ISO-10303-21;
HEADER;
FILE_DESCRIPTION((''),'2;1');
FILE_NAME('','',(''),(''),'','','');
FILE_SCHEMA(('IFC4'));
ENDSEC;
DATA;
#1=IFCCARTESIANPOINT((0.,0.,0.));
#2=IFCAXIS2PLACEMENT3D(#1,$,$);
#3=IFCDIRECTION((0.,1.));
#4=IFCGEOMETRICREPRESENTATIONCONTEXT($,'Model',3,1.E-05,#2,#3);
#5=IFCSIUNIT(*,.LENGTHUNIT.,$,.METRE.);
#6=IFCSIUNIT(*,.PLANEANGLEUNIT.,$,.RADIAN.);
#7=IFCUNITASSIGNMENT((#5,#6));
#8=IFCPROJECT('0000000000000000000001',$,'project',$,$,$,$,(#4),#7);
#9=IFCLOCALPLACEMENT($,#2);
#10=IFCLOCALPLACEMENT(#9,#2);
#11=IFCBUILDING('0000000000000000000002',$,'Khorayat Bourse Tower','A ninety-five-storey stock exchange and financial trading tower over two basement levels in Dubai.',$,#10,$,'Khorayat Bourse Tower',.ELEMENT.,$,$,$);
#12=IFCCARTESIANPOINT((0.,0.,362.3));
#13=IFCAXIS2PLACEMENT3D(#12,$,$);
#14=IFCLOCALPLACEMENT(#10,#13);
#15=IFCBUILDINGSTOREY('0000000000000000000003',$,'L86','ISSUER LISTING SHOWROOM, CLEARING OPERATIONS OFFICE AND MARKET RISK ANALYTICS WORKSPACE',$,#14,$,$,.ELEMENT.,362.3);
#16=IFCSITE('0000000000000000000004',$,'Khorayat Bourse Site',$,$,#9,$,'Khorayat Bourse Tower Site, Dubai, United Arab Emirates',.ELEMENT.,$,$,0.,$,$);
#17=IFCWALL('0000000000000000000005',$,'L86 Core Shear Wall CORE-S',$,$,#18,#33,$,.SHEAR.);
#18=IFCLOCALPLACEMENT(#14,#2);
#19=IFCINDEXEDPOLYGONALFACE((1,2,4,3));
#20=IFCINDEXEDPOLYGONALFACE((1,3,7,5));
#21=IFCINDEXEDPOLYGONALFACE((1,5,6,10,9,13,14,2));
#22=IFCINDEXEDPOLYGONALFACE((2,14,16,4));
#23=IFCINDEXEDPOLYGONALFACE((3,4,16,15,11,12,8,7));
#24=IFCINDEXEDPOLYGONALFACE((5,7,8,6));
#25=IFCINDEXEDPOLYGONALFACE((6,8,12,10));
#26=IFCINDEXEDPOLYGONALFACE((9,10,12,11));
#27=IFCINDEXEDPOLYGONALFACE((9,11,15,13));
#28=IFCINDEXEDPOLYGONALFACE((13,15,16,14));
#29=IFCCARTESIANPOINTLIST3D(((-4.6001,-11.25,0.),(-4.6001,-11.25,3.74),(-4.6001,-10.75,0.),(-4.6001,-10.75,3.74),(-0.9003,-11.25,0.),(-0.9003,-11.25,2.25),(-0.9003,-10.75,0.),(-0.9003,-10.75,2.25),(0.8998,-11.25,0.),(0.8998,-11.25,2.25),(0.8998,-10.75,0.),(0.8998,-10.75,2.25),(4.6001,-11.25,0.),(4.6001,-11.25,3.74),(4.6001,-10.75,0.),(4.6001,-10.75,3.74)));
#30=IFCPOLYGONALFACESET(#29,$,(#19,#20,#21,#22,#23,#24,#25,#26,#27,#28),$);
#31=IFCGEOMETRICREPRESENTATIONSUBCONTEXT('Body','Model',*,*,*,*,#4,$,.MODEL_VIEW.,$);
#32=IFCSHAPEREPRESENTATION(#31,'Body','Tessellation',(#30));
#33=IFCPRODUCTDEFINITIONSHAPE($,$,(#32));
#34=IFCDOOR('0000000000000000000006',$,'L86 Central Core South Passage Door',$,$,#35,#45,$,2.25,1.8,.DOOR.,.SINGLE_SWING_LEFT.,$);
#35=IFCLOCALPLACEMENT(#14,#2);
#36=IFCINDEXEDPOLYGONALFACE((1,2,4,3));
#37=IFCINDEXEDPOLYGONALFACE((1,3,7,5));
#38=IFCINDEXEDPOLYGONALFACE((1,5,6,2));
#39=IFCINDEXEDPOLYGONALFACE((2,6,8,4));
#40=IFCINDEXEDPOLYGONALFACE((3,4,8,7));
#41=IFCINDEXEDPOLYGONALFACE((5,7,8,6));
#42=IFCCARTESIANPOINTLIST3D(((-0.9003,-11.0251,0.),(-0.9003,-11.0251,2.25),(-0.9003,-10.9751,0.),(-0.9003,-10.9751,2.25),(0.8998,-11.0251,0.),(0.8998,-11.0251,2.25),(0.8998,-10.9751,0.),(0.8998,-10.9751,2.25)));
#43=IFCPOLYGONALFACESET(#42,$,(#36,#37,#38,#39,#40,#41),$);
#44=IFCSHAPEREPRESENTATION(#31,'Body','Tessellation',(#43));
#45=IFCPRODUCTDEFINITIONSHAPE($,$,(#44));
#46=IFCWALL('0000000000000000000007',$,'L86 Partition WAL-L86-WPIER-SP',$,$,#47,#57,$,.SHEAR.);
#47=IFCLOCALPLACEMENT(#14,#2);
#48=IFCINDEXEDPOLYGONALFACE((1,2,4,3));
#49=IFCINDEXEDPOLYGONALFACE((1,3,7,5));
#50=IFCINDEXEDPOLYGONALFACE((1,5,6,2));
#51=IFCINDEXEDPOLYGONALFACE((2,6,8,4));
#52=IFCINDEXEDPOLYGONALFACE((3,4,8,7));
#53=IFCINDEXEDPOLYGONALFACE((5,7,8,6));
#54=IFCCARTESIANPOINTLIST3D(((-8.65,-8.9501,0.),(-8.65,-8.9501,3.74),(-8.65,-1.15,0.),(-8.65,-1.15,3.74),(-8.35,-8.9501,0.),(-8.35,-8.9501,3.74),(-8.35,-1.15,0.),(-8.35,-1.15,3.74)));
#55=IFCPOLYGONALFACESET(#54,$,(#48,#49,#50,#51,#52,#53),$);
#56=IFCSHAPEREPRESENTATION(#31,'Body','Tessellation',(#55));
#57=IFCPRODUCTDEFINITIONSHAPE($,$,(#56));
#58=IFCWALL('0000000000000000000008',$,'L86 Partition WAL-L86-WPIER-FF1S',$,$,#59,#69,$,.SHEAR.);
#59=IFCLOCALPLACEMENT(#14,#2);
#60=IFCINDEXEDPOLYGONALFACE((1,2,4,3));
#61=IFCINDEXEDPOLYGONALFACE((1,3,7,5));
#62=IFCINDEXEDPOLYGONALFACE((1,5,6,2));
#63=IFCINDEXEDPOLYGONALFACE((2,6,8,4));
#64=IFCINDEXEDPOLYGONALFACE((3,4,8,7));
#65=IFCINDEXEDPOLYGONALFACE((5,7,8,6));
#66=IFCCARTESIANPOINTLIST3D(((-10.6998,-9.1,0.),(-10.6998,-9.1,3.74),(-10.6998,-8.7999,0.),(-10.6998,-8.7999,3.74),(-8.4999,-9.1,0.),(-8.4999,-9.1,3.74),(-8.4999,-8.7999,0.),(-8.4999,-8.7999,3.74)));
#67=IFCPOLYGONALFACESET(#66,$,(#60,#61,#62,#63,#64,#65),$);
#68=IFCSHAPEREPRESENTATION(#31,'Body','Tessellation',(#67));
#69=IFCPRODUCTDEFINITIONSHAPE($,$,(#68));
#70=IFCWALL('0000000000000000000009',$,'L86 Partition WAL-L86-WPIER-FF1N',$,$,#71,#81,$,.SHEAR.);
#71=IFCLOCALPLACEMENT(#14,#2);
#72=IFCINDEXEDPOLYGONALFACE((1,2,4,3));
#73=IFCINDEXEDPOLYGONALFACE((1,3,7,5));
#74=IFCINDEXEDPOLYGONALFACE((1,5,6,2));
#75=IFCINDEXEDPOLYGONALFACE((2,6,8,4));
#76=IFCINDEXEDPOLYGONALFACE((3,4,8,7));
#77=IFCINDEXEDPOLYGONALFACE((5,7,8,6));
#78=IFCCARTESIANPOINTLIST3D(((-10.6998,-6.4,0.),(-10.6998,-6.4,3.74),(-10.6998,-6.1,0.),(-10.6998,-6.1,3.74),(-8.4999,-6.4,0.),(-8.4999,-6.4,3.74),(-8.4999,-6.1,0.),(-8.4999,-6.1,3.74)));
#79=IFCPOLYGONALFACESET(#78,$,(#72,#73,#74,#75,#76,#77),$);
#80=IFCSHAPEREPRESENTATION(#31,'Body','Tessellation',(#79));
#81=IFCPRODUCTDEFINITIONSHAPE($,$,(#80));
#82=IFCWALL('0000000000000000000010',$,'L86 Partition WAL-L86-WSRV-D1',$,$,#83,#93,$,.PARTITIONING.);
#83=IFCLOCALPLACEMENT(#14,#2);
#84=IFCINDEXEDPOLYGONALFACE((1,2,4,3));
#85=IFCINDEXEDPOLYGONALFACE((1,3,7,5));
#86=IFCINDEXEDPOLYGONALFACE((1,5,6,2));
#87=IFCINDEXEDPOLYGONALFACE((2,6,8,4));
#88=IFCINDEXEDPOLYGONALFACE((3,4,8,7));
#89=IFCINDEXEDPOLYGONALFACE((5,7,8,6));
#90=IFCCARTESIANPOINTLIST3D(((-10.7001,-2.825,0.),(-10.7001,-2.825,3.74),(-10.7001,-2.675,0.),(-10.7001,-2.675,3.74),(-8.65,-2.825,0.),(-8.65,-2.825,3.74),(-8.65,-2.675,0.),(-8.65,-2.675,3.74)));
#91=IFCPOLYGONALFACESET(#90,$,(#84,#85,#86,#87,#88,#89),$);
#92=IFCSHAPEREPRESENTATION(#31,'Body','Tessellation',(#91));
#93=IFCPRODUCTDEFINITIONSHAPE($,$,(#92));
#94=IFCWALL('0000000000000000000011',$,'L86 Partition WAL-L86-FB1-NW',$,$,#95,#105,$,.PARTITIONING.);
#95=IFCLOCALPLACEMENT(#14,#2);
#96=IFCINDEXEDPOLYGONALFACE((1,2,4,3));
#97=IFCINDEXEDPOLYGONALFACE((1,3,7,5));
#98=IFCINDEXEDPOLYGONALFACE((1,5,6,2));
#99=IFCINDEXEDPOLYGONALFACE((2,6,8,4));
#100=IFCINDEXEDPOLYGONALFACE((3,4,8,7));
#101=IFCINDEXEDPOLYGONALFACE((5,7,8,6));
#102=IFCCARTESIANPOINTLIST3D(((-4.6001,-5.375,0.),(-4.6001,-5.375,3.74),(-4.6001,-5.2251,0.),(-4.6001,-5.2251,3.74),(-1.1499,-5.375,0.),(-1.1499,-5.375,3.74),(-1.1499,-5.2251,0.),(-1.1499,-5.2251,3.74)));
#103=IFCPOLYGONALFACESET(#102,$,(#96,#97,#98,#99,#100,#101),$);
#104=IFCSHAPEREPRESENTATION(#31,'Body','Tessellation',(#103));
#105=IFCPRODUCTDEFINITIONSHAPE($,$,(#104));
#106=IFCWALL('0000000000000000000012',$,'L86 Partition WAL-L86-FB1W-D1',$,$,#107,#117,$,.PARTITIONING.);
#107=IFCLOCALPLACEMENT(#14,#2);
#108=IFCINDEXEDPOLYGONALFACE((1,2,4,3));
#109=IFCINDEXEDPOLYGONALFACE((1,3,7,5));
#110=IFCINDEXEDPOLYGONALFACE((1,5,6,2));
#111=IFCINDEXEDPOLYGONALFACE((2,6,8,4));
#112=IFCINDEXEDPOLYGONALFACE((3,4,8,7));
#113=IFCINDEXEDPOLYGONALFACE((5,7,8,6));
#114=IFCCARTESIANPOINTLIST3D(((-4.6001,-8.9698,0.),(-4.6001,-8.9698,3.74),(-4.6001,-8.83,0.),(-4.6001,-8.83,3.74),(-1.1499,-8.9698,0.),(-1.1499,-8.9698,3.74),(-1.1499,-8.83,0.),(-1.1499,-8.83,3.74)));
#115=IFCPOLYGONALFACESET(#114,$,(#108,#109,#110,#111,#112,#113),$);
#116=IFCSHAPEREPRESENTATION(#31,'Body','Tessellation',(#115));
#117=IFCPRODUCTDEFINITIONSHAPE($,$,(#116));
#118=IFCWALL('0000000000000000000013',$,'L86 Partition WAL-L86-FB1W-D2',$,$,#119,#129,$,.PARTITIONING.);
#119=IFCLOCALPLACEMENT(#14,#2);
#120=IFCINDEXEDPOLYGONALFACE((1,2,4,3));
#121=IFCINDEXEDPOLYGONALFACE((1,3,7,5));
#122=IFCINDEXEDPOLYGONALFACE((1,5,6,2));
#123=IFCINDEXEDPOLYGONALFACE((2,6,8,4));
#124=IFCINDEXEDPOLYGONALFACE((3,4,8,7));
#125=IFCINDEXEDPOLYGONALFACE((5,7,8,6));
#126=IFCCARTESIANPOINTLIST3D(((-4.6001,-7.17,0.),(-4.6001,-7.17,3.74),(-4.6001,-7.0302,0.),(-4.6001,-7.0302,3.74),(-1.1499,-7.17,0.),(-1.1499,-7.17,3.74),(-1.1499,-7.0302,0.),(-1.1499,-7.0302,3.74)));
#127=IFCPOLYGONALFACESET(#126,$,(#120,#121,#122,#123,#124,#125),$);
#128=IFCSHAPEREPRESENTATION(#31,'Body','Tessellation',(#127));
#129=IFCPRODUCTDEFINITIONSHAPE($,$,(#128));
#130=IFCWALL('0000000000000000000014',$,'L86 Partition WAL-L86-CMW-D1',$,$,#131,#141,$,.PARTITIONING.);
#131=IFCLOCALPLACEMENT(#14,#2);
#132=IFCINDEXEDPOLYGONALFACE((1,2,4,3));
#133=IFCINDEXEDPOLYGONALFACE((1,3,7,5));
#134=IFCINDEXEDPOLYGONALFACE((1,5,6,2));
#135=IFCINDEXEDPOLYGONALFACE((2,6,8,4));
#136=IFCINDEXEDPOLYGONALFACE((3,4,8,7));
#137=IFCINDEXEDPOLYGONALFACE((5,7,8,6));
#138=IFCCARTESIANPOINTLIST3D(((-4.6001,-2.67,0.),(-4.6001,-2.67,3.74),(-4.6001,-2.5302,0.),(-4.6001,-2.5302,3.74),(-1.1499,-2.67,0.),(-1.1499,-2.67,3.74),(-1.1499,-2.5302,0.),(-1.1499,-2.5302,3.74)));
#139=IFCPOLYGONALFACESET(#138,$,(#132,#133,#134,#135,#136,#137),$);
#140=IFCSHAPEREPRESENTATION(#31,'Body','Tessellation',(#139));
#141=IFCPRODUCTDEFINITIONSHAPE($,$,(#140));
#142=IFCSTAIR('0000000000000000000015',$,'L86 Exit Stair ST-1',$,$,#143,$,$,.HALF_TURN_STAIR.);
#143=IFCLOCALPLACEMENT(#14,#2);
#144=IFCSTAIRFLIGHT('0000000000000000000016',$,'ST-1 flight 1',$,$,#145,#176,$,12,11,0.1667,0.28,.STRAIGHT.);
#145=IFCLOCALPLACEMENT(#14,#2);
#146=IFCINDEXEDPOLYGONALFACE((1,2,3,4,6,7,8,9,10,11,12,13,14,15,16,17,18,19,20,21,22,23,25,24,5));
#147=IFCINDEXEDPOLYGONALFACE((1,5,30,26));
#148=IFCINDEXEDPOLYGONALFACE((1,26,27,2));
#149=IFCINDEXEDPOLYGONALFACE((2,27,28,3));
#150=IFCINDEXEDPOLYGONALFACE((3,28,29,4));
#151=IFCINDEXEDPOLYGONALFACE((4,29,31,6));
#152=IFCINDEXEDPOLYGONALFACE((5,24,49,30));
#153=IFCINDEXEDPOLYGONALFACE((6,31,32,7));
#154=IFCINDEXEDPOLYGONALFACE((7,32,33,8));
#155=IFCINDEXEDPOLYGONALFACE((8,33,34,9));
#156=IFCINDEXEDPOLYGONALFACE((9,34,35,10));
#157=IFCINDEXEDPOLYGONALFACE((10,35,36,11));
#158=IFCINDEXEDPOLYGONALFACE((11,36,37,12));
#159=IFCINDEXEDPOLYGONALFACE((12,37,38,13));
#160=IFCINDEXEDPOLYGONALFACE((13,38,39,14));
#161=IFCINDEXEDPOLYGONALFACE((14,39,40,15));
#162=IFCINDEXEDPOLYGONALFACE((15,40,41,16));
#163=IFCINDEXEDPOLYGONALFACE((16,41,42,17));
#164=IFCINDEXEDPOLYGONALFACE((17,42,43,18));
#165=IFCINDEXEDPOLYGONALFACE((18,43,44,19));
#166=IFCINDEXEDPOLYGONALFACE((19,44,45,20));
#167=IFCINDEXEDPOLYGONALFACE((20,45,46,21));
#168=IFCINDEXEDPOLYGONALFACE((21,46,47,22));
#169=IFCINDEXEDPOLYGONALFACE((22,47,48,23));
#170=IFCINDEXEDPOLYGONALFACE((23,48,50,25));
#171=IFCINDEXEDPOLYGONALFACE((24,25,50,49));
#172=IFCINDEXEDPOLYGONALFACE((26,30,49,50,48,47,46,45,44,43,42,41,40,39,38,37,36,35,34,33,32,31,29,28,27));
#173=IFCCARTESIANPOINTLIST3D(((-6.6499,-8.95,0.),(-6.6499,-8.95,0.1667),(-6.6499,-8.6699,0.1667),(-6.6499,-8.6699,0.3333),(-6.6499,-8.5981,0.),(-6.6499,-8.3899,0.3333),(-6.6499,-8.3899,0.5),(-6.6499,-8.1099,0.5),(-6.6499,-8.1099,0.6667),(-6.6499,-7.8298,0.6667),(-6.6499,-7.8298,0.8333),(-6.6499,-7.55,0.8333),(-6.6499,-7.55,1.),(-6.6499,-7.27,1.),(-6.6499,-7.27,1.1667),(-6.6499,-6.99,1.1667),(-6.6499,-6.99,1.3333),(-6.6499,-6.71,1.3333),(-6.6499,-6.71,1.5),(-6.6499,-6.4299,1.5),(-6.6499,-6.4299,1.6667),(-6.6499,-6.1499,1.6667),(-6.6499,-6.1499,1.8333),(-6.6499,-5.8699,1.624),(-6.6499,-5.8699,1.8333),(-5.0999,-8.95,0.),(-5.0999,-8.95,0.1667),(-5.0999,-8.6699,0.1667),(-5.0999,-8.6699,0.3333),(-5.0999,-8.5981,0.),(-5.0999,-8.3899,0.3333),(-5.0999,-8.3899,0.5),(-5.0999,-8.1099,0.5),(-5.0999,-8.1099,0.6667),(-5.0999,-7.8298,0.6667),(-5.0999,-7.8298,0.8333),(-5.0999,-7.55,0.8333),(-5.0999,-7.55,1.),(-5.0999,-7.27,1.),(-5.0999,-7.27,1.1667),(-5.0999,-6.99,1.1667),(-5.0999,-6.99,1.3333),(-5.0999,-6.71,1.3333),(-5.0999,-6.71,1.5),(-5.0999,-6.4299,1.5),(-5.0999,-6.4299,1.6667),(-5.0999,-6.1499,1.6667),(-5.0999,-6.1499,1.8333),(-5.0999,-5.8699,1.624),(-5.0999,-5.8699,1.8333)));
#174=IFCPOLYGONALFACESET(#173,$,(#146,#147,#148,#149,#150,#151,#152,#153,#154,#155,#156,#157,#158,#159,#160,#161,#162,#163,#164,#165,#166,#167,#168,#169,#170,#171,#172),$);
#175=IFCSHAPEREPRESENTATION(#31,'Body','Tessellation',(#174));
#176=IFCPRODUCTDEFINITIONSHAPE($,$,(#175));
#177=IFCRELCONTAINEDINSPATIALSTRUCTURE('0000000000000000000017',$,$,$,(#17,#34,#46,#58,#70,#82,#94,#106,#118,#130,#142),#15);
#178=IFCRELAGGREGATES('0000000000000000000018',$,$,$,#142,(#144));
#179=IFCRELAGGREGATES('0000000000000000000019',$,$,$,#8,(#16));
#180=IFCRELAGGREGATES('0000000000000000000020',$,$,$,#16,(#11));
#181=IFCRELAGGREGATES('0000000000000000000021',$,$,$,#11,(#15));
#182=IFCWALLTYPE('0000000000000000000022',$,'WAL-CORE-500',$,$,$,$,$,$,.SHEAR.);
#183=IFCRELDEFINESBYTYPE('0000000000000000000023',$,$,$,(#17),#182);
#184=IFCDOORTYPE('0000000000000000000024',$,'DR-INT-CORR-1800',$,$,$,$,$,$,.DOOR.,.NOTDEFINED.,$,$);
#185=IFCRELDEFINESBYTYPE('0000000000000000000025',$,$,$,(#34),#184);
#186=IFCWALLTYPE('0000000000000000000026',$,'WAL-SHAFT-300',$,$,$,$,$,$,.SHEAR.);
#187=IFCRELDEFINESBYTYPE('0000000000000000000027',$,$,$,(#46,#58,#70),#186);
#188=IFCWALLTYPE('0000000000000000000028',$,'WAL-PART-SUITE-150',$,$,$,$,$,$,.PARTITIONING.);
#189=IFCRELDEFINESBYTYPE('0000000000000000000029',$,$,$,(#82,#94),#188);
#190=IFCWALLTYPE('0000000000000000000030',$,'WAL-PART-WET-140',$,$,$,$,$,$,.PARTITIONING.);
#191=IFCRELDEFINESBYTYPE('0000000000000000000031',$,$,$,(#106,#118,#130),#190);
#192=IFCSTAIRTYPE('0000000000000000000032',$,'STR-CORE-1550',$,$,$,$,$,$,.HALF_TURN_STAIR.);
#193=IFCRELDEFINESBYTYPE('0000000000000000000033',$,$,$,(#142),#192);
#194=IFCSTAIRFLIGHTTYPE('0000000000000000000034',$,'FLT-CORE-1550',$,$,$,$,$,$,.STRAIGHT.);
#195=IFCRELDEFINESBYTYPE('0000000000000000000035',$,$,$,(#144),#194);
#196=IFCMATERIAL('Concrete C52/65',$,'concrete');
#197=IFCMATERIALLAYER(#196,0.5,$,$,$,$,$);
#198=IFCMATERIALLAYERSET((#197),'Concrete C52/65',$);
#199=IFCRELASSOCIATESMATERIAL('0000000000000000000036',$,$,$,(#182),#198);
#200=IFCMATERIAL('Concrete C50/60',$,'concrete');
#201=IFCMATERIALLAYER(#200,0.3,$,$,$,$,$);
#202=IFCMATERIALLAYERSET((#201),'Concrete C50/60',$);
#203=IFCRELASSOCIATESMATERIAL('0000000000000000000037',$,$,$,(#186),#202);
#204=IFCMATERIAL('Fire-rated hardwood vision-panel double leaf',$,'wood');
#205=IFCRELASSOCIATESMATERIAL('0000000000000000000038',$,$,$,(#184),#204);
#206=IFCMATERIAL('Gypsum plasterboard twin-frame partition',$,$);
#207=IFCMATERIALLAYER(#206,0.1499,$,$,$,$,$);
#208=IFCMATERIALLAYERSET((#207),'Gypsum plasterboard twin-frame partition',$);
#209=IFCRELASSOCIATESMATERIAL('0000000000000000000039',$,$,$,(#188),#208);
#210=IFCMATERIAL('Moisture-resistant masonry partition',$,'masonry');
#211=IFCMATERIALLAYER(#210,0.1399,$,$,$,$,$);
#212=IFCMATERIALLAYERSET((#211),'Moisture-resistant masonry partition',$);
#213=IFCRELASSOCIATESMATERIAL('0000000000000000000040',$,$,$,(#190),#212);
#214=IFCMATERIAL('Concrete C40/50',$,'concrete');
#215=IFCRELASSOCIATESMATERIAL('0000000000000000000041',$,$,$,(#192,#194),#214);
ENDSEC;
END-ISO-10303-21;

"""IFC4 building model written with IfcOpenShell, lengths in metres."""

from ifc_helpers import new_model, si_unit, direction, frame, frame_2d, origin, place, context, subcontext, project, spatial, polyline, rectangle, outline, extrude, source, transform, mapped, material, layer, layer_set, type_object, element, fill, aggregate, save


model = new_model("IFC4")

# Units and contexts
model_context = context("Model", 3, precision=1e-05, world=origin(), true_north=direction((0.0, 1.0)))
body_context = subcontext(model_context, "Body", "Model", "MODEL_VIEW")
ifc_project = project(units=[si_unit("LENGTHUNIT", "METRE"), si_unit("PLANEANGLEUNIT", "RADIAN")], contexts=[model_context])

# Site, building, storey
site_placement = place(None, origin())
site = spatial("IfcSite", under=ifc_project, at=site_placement, Name="Khorayat Bourse Site", LongName="Khorayat Bourse Tower Site, Dubai, United Arab Emirates", CompositionType="ELEMENT", RefElevation=0.0)
building_placement = place(site_placement, origin())
building = spatial("IfcBuilding", under=site, at=building_placement, Name="Khorayat Bourse Tower", Description="A ninety-five-storey stock exchange and financial trading tower over two basement levels in Dubai.", LongName="Khorayat Bourse Tower", CompositionType="ELEMENT")
storey_placement = place(building_placement, frame((0.0, 0.0, 362.3)))
storey = spatial("IfcBuildingStorey", under=building, at=storey_placement, Name="L86", Description="ISSUER LISTING SHOWROOM, CLEARING OPERATIONS OFFICE AND MARKET RISK ANALYTICS WORKSPACE", CompositionType="ELEMENT", Elevation=362.3)

# Shared definitions
ifc_material_1 = material(Name="Concrete C52/65", Category="concrete")

# Shared definitions
ifc_layer_1 = layer(ifc_material_1, 0.5)
ifc_layer_set_1 = layer_set([ifc_layer_1], Name="Concrete C52/65")
wall_type_1 = type_object("IfcWallType", Name="WAL-CORE-500", PredefinedType="SHEAR", material=ifc_layer_set_1)
ifc_material_2 = material(Name="Concrete C50/60", Category="concrete")
ifc_layer_2 = layer(ifc_material_2, 0.3)
ifc_layer_set_2 = layer_set([ifc_layer_2], Name="Concrete C50/60")
wall_type_2 = type_object("IfcWallType", Name="WAL-SHAFT-300", PredefinedType="SHEAR", material=ifc_layer_set_2)

# Wall, opening, door
shared_shape_1 = source(origin(), body_context, "Body", "SweptSolid", [
    extrude(rectangle(XDim=9.2002, YDim=0.5, at=frame_2d((4.6001, 0.0))), origin(), (0.0, 0.0, 1.0), 3.74),
])
wall_1_placement = place(storey_placement, frame((-4.6001, -11.0, 0.0), z_axis=(0.0, 0.0, 1.0), x_axis=(1.0, 0.0, 0.0)))
wall_1 = element("IfcWall", 1, at=wall_1_placement, inside=storey, type_object=wall_type_1, Name="L86 Core Shear Wall CORE-S", PredefinedType="SHEAR", context=body_context, shape_type="MappedRepresentation", body=[
    mapped(shared_shape_1, transform((0.0, 0.0, 0.0), scale=1.0)),
])
shared_shape_2 = source(origin(), body_context, "Body", "SweptSolid", [
    extrude(rectangle(XDim=1.8, YDim=2.25, at=frame_2d((0.8999, 1.125))), frame((0.0, 0.26, 0.0), z_axis=(0.0, -1.0, 0.0), x_axis=(1.0, 0.0, 0.0)), (0.0, 0.0, 1.0), 0.52),
])
opening_placement = place(wall_1_placement, frame((3.7, 0.0, 0.0)))
opening = element("IfcOpeningElement", 2, at=opening_placement, cuts=wall_1, PredefinedType="OPENING", context=body_context, shape_type="MappedRepresentation", body=[
    mapped(shared_shape_2, transform((0.0, 0.0, 0.0), scale=1.0)),
])
ifc_material_3 = material(Name="Fire-rated hardwood vision-panel double leaf", Category="wood")
door_type = type_object("IfcDoorType", Name="DR-INT-CORR-1800", OperationType="NOTDEFINED", PredefinedType="DOOR", material=ifc_material_3)
shared_shape_3 = source(origin(), body_context, "Body", "SweptSolid", [
    extrude(rectangle(XDim=1.8, YDim=2.25, at=frame_2d((0.8999, 1.125))), frame((0.0, 0.0249, 0.0), z_axis=(0.0, -1.0, 0.0), x_axis=(1.0, 0.0, 0.0)), (0.0, 0.0, 1.0), 0.05),
])
door_placement = place(opening_placement, origin())
door = element("IfcDoor", 3, at=door_placement, inside=storey, type_object=door_type, Name="L86 Central Core South Passage Door", OperationType="SINGLE_SWING_LEFT", OverallHeight=2.25, OverallWidth=1.8, PredefinedType="DOOR", context=body_context, shape_type="MappedRepresentation", body=[
    mapped(shared_shape_3, transform((0.0, 0.0, 0.0), scale=1.0)),
])
fill(opening, door)

# Walls
shared_shape_4 = source(origin(), body_context, "Body", "SweptSolid", [
    extrude(rectangle(XDim=7.8, YDim=0.3, at=frame_2d((3.8999, 0.0))), origin(), (0.0, 0.0, 1.0), 3.74),
])
wall_2_placement = place(storey_placement, frame((-8.5, -8.95, 0.0), z_axis=(0.0, 0.0, 1.0), x_axis=(0.0, 1.0, 0.0)))
element("IfcWall", 4, at=wall_2_placement, inside=storey, type_object=wall_type_2, Name="L86 Partition WAL-L86-WPIER-SP", PredefinedType="SHEAR", context=body_context, shape_type="MappedRepresentation", body=[
    mapped(shared_shape_4, transform((0.0, 0.0, 0.0), scale=1.0)),
])
shared_shape_5 = source(origin(), body_context, "Body", "SweptSolid", [
    extrude(rectangle(XDim=2.2, YDim=0.3, at=frame_2d((1.1001, 0.0))), origin(), (0.0, 0.0, 1.0), 3.74),
])
for number, where, z_axis, x_axis, name in (
    (5, (-10.7, -8.95, 0.0), (0.0, 0.0, 1.0), (1.0, 0.0, 0.0), "L86 Partition WAL-L86-WPIER-FF1S"),
    (6, (-10.7, -6.25, 0.0), (0.0, 0.0, 1.0), (1.0, 0.0, 0.0), "L86 Partition WAL-L86-WPIER-FF1N"),
):
    element("IfcWall", number, at=place(storey_placement, frame(where, z_axis=z_axis, x_axis=x_axis)), inside=storey, type_object=wall_type_2, Name=name, PredefinedType="SHEAR", context=body_context, shape_type="MappedRepresentation", body=[
        mapped(shared_shape_5, transform((0.0, 0.0, 0.0), scale=1.0)),
    ])
ifc_material_4 = material(Name="Gypsum plasterboard twin-frame partition")
ifc_layer_3 = layer(ifc_material_4, 0.1499)
ifc_layer_set_3 = layer_set([ifc_layer_3], Name="Gypsum plasterboard twin-frame partition")
wall_type_3 = type_object("IfcWallType", Name="WAL-PART-SUITE-150", PredefinedType="PARTITIONING", material=ifc_layer_set_3)
shared_shape_6 = source(origin(), body_context, "Body", "SweptSolid", [
    extrude(rectangle(XDim=2.05, YDim=0.1499, at=frame_2d((1.0249, 0.0))), origin(), (0.0, 0.0, 1.0), 3.74),
])
wall_3_placement = place(storey_placement, frame((-10.7, -2.75, 0.0), z_axis=(0.0, 0.0, 1.0), x_axis=(1.0, 0.0, 0.0)))
element("IfcWall", 7, at=wall_3_placement, inside=storey, type_object=wall_type_3, Name="L86 Partition WAL-L86-WSRV-D1", PredefinedType="PARTITIONING", context=body_context, shape_type="MappedRepresentation", body=[
    mapped(shared_shape_6, transform((0.0, 0.0, 0.0), scale=1.0)),
])
shared_shape_7 = source(origin(), body_context, "Body", "SweptSolid", [
    extrude(rectangle(XDim=3.4502, YDim=0.1499, at=frame_2d((1.7251, 0.0))), origin(), (0.0, 0.0, 1.0), 3.74),
])
wall_4_placement = place(storey_placement, frame((-4.6001, -5.3, 0.0), z_axis=(0.0, 0.0, 1.0), x_axis=(1.0, 0.0, 0.0)))
element("IfcWall", 8, at=wall_4_placement, inside=storey, type_object=wall_type_3, Name="L86 Partition WAL-L86-FB1-NW", PredefinedType="PARTITIONING", context=body_context, shape_type="MappedRepresentation", body=[
    mapped(shared_shape_7, transform((0.0, 0.0, 0.0), scale=1.0)),
])
ifc_material_5 = material(Name="Moisture-resistant masonry partition", Category="masonry")
ifc_layer_4 = layer(ifc_material_5, 0.1399)
ifc_layer_set_4 = layer_set([ifc_layer_4], Name="Moisture-resistant masonry partition")
wall_type_4 = type_object("IfcWallType", Name="WAL-PART-WET-140", PredefinedType="PARTITIONING", material=ifc_layer_set_4)
shared_shape_8 = source(origin(), body_context, "Body", "SweptSolid", [
    extrude(rectangle(XDim=3.4502, YDim=0.1399, at=frame_2d((1.7251, 0.0))), origin(), (0.0, 0.0, 1.0), 3.74),
])
for number, where, z_axis, x_axis, name in (
    (9, (-4.6001, -8.8999, 0.0), (0.0, 0.0, 1.0), (1.0, 0.0, 0.0), "L86 Partition WAL-L86-FB1W-D1"),
    (10, (-4.6001, -7.1001, 0.0), (0.0, 0.0, 1.0), (1.0, 0.0, 0.0), "L86 Partition WAL-L86-FB1W-D2"),
    (11, (-4.6001, -2.6001, 0.0), (0.0, 0.0, 1.0), (1.0, 0.0, 0.0), "L86 Partition WAL-L86-CMW-D1"),
):
    element("IfcWall", number, at=place(storey_placement, frame(where, z_axis=z_axis, x_axis=x_axis)), inside=storey, type_object=wall_type_4, Name=name, PredefinedType="PARTITIONING", context=body_context, shape_type="MappedRepresentation", body=[
        mapped(shared_shape_8, transform((0.0, 0.0, 0.0), scale=1.0)),
    ])

# Stair, stair flight
ifc_material_6 = material(Name="Concrete C40/50", Category="concrete")
stair_type = type_object("IfcStairType", Name="STR-CORE-1550", PredefinedType="HALF_TURN_STAIR", material=ifc_material_6)
stair_placement = place(storey_placement, origin())
stair = element("IfcStair", 12, at=stair_placement, inside=storey, type_object=stair_type, Name="L86 Exit Stair ST-1", PredefinedType="HALF_TURN_STAIR")
stair_flight_type = type_object("IfcStairFlightType", Name="FLT-CORE-1550", PredefinedType="STRAIGHT", material=ifc_material_6)
shared_shape_9 = source(origin(), body_context, "Body", "SweptSolid", [
    extrude(outline(polyline([(0.0, 0.0), (0.0, 0.1667), (0.28, 0.1667), (0.28, 0.3333), (0.5601, 0.3333), (0.5601, 0.5), (0.8401, 0.5), (0.8401, 0.6667), (1.1201, 0.6667), (1.1201, 0.8333), (1.3999, 0.8333), (1.3999, 1.0), (1.6799, 1.0), (1.6799, 1.1667), (1.96, 1.1667), (1.96, 1.3333), (2.24, 1.3333), (2.24, 1.5), (2.52, 1.5), (2.52, 1.6667), (2.8, 1.6667), (2.8, 1.8333), (3.0801, 1.8333), (3.0801, 2.0), (3.0801, 1.624), (0.3518, 0.0), (0.0, 0.0)])), frame((0.0, 0.7749, 0.0), z_axis=(0.0, -1.0, 0.0), x_axis=(1.0, 0.0, 0.0)), (0.0, 0.0, 1.0), 1.55),
])
stair_flight_1_placement = place(storey_placement, frame((-5.875, -8.95, 0.0), z_axis=(0.0, 0.0, 1.0), x_axis=(0.0, 1.0, 0.0)))
stair_flight_1 = element("IfcStairFlight", 13, at=stair_flight_1_placement, type_object=stair_flight_type, Name="ST-1 flight 1", NumberOfRisers=12, NumberOfTreads=11, PredefinedType="STRAIGHT", RiserHeight=0.1667, TreadLength=0.28, context=body_context, shape_type="MappedRepresentation", body=[
    mapped(shared_shape_9, transform((0.0, 0.0, 0.0), scale=1.0)),
])
aggregate(stair, [stair_flight_1])

save(model, "model.ifc")
